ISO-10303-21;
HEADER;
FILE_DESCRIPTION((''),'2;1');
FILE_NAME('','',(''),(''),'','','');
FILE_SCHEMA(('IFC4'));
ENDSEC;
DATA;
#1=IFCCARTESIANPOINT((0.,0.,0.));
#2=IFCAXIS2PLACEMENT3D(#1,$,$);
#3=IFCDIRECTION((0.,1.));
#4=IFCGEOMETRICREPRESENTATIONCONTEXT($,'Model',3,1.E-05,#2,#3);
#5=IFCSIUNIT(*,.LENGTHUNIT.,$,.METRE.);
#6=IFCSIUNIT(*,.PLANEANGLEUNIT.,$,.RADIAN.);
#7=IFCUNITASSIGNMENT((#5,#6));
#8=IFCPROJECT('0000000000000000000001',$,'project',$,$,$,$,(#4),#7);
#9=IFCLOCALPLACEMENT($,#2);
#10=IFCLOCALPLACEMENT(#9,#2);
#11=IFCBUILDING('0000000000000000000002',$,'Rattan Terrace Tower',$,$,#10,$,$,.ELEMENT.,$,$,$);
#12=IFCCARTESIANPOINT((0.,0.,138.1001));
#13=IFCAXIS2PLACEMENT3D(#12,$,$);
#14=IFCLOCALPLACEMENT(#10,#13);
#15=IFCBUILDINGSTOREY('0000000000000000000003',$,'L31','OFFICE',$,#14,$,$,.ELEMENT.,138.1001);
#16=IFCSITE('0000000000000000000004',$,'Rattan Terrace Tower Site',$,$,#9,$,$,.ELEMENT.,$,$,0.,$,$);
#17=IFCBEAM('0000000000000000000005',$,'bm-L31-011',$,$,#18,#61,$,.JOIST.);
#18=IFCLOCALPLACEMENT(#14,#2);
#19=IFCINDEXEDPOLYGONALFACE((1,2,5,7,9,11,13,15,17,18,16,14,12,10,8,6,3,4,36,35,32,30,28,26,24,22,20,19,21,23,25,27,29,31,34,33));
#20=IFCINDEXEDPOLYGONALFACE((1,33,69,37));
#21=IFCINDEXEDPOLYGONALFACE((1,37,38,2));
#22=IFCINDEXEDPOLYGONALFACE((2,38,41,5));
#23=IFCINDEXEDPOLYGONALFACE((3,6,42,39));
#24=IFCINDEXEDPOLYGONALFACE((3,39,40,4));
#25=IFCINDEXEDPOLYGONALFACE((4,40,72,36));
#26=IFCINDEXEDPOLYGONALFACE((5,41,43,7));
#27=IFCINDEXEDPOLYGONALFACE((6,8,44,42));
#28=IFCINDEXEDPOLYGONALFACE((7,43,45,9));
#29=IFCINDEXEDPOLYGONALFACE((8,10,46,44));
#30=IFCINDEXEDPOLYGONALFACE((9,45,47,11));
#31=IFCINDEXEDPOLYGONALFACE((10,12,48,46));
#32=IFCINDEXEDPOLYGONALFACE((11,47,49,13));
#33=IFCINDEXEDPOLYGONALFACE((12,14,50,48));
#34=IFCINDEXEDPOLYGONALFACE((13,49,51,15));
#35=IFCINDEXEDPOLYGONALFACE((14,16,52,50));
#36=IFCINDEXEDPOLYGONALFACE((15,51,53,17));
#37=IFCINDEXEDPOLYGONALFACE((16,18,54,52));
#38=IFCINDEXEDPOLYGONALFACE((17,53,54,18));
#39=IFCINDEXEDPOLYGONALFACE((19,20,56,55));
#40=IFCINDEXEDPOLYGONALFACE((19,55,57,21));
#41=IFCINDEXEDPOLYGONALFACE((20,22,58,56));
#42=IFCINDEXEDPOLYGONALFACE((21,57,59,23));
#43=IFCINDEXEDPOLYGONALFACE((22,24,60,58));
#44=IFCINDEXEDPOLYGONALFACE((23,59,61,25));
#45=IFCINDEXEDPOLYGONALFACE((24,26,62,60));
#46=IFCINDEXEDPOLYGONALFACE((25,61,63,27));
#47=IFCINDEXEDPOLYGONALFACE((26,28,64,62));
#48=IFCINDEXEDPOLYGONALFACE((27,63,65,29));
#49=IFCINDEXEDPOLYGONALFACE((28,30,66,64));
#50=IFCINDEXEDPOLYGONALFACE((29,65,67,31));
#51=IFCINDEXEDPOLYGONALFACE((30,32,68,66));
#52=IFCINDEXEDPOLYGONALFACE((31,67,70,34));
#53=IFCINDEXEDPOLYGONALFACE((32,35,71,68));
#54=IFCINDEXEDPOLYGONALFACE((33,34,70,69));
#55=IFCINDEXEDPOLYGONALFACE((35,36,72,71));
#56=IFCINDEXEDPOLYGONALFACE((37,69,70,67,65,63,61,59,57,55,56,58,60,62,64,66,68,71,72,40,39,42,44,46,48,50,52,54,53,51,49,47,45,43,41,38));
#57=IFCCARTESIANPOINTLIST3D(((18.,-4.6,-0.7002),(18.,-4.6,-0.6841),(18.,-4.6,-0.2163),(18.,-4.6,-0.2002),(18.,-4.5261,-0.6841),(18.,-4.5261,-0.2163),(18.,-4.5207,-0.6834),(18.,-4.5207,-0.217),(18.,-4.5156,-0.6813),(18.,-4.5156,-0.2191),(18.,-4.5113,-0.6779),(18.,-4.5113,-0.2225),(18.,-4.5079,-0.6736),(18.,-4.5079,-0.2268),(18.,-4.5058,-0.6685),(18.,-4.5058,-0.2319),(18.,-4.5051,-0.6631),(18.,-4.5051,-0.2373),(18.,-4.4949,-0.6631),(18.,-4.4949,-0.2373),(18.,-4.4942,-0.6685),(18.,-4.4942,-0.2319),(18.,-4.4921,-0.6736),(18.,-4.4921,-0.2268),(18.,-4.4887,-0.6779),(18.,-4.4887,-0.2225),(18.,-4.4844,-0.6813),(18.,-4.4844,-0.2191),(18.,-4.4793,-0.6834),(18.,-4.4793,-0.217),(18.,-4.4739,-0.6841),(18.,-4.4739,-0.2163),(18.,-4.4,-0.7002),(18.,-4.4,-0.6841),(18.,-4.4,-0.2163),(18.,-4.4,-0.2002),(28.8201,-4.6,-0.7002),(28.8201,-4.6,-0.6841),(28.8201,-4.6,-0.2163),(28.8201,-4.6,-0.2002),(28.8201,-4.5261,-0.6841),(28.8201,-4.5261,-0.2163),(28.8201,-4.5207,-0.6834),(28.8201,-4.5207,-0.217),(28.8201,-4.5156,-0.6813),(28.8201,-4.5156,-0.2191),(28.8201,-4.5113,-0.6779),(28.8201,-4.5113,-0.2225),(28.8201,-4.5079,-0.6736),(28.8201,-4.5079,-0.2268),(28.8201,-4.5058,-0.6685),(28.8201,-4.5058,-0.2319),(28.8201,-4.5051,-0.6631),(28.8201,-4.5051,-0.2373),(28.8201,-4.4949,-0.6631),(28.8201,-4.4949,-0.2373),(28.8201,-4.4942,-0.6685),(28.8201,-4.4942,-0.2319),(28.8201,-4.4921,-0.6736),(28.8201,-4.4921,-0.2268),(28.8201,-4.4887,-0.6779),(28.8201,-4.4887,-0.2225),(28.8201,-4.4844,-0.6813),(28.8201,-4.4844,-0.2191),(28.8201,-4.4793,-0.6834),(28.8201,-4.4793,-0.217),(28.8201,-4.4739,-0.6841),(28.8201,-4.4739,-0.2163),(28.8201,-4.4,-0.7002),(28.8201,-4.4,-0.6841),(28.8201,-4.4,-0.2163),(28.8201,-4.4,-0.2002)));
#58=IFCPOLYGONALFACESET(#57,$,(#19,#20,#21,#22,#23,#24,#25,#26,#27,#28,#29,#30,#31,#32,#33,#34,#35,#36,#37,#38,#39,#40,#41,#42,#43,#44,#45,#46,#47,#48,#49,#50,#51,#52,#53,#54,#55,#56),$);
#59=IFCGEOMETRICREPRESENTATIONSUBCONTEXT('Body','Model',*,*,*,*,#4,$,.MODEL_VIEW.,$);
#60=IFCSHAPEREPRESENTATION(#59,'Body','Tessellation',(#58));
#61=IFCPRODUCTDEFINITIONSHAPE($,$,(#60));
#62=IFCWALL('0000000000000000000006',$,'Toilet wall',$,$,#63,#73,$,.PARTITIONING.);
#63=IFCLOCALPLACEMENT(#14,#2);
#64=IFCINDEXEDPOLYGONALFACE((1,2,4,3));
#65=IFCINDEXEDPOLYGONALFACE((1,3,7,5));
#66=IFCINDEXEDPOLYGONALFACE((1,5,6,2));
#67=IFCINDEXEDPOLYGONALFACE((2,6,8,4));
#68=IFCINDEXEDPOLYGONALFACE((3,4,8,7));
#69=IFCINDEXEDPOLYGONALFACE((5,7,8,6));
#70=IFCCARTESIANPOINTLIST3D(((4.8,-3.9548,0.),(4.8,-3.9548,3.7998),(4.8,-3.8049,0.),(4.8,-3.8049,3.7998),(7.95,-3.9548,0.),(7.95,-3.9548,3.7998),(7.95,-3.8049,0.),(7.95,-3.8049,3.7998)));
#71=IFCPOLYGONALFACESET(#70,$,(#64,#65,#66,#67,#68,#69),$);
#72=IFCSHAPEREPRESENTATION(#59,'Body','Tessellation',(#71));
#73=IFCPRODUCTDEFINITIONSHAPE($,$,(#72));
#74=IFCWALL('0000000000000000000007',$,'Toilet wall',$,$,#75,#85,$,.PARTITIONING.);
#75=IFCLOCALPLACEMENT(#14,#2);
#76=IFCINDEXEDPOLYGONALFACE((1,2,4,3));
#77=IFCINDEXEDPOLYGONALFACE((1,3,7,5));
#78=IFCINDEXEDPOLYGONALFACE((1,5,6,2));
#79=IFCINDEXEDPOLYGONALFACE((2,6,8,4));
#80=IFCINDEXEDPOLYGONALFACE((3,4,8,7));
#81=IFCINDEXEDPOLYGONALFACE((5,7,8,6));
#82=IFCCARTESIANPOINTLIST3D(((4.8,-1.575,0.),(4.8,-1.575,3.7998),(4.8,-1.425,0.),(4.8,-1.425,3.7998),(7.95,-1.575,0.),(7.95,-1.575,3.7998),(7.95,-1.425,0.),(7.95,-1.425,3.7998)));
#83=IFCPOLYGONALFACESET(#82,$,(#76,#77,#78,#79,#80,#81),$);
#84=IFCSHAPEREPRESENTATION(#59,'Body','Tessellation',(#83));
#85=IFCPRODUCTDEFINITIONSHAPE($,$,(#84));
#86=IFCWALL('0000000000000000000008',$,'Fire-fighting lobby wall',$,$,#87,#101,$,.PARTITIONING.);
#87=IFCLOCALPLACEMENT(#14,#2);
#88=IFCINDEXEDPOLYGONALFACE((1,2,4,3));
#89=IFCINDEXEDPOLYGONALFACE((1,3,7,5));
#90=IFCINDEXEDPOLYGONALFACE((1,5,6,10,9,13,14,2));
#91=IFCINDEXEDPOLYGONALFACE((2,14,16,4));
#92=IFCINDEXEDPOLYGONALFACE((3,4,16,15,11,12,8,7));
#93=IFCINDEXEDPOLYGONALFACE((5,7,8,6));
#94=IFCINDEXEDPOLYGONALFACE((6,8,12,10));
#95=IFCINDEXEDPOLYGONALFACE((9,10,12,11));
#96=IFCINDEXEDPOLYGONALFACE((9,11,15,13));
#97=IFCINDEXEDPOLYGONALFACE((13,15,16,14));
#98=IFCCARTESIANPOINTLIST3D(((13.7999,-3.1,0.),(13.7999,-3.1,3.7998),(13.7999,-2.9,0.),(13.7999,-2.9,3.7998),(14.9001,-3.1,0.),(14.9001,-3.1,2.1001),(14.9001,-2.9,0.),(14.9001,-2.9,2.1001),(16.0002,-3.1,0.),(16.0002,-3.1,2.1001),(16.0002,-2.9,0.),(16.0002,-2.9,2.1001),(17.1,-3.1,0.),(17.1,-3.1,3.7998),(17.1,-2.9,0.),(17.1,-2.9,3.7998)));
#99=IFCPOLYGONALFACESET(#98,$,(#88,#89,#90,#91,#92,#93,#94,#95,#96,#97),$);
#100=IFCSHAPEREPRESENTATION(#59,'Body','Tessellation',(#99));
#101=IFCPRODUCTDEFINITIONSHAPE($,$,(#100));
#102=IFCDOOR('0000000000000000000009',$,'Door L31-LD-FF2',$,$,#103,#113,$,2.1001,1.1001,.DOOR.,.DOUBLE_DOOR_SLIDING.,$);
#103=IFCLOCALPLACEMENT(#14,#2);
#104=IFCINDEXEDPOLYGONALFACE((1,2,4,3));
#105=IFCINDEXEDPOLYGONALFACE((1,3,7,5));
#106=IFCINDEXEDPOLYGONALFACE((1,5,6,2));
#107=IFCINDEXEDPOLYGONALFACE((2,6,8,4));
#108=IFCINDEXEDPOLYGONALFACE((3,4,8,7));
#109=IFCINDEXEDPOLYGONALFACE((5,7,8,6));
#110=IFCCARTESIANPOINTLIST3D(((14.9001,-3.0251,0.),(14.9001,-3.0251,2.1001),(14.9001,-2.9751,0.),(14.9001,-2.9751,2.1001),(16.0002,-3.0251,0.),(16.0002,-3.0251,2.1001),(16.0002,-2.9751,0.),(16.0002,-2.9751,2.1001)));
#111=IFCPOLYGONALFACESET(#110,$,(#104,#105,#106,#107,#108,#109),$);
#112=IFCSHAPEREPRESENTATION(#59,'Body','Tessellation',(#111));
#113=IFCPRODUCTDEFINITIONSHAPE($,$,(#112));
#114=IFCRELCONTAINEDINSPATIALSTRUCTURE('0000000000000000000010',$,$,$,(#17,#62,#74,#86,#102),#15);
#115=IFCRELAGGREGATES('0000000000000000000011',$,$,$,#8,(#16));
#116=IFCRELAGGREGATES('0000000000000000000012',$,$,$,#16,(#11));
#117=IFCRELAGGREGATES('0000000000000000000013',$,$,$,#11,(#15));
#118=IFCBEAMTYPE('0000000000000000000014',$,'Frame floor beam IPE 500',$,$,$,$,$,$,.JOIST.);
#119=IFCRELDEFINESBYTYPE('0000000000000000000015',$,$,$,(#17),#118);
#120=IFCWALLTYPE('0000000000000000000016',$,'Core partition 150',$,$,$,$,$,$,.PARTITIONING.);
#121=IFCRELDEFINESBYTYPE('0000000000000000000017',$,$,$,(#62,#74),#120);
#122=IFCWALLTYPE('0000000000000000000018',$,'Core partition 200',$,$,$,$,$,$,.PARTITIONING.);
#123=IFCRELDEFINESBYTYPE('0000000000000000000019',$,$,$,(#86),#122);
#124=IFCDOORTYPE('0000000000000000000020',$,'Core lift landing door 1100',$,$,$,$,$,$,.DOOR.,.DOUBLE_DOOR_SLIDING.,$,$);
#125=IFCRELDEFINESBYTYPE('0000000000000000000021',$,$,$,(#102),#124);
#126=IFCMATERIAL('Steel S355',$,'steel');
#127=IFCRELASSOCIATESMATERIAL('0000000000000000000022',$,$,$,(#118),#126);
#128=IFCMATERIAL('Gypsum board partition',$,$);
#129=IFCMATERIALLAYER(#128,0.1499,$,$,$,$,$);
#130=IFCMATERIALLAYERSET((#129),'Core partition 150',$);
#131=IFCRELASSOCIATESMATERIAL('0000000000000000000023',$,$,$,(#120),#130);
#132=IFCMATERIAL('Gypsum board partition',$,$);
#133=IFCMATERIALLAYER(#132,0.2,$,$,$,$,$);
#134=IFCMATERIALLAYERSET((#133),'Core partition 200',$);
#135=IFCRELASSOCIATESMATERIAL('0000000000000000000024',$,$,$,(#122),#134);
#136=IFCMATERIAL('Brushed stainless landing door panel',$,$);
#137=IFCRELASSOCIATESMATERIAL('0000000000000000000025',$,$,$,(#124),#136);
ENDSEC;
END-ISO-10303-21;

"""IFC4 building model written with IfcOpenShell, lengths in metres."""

from ifc_helpers import new_model, si_unit, direction, frame, frame_2d, origin, origin_2d, place, context, subcontext, project, spatial, rectangle, i_section, extrude, material, layer, layer_set, material_profile, profile_set, type_object, element, fill, save


model = new_model("IFC4")

# Units and contexts
model_context = context("Model", 3, precision=1e-05, world=origin(), true_north=direction((0.0, 1.0)))
body_context = subcontext(model_context, "Body", "Model", "MODEL_VIEW")
ifc_project = project(units=[si_unit("LENGTHUNIT", "METRE"), si_unit("PLANEANGLEUNIT", "RADIAN")], contexts=[model_context])

# Site, building, storey
site_placement = place(None, origin())
site = spatial("IfcSite", under=ifc_project, at=site_placement, Name="Rattan Terrace Tower Site", CompositionType="ELEMENT", RefElevation=0.0)
building_placement = place(site_placement, origin())
building = spatial("IfcBuilding", under=site, at=building_placement, Name="Rattan Terrace Tower", CompositionType="ELEMENT")
storey_placement = place(building_placement, frame((0.0, 0.0, 138.1001)))
storey = spatial("IfcBuildingStorey", under=building, at=storey_placement, Name="L31", Description="OFFICE", CompositionType="ELEMENT", Elevation=138.1001)

# Beam
ifc_material_1 = material(Name="Steel S355", Category="steel")
ifc_material_profile = material_profile(ifc_material_1, i_section(OverallWidth=0.2, OverallDepth=0.5, WebThickness=0.0103, FlangeThickness=0.0161, FilletRadius=0.021, at=origin_2d()), Name="IPE 500")
ifc_profile_set = profile_set([ifc_material_profile], Name="Steel S355")
beam_type = type_object("IfcBeamType", Name="Frame floor beam IPE 500", PredefinedType="JOIST", material=ifc_profile_set)
beam_placement = place(storey_placement, frame((18.0, -4.5, -0.4502), z_axis=(1.0, 0.0, 0.0), x_axis=(0.0, 1.0, 0.0)))
element("IfcBeam", 1, at=beam_placement, inside=storey, type_object=beam_type, Name="bm-L31-011", PredefinedType="JOIST", context=body_context, shape_type="SweptSolid", body=[
    extrude(i_section(OverallWidth=0.2, OverallDepth=0.5, WebThickness=0.0103, FlangeThickness=0.0161, FilletRadius=0.021, at=origin_2d()), origin(), (0.0, 0.0, 1.0), 10.8201),
])

# Walls
ifc_material_2 = material(Name="Gypsum board partition")
ifc_layer_1 = layer(ifc_material_2, 0.1499)
ifc_layer_set_1 = layer_set([ifc_layer_1], Name="Core partition 150")
wall_type_1 = type_object("IfcWallType", Name="Core partition 150", PredefinedType="PARTITIONING", material=ifc_layer_set_1)
for number, where, z_axis, x_axis, name in (
    (2, (4.8, -3.8799, 0.0), (0.0, 0.0, 1.0), (1.0, 0.0, 0.0), "Toilet wall"),
    (3, (4.8, -1.5, 0.0), (0.0, 0.0, 1.0), (1.0, 0.0, 0.0), "Toilet wall"),
):
    element("IfcWall", number, at=place(storey_placement, frame(where, z_axis=z_axis, x_axis=x_axis)), inside=storey, type_object=wall_type_1, Name=name, PredefinedType="PARTITIONING", context=body_context, shape_type="SweptSolid", body=[
        extrude(rectangle(XDim=3.1499, YDim=0.1499, at=frame_2d((1.575, 0.0))), origin(), (0.0, 0.0, 1.0), 3.7998),
    ])

# Wall, opening, door
ifc_material_3 = material(Name="Gypsum board partition")
ifc_layer_2 = layer(ifc_material_3, 0.2)
ifc_layer_set_2 = layer_set([ifc_layer_2], Name="Core partition 200")
wall_type_2 = type_object("IfcWallType", Name="Core partition 200", PredefinedType="PARTITIONING", material=ifc_layer_set_2)
wall_1_placement = place(storey_placement, frame((13.8, -3.0, 0.0), z_axis=(0.0, 0.0, 1.0), x_axis=(1.0, 0.0, 0.0)))
wall_1 = element("IfcWall", 4, at=wall_1_placement, inside=storey, type_object=wall_type_2, Name="Fire-fighting lobby wall", PredefinedType="PARTITIONING", context=body_context, shape_type="SweptSolid", body=[
    extrude(rectangle(XDim=3.3, YDim=0.2, at=frame_2d((1.6499, 0.0))), origin(), (0.0, 0.0, 1.0), 3.7998),
])
opening_1_placement = place(wall_1_placement, frame((1.1001, 0.0, 0.0)))
opening_1 = element("IfcOpeningElement", 5, at=opening_1_placement, cuts=wall_1, PredefinedType="OPENING", context=body_context, shape_type="SweptSolid", body=[
    extrude(rectangle(XDim=1.1001, YDim=2.1001, at=frame_2d((0.55, 1.05))), frame((0.0, 0.1106, 0.0), z_axis=(0.0, -1.0, 0.0), x_axis=(1.0, 0.0, 0.0)), (0.0, 0.0, 1.0), 0.2209),
])
ifc_material_4 = material(Name="Brushed stainless landing door panel")
door_type_1 = type_object("IfcDoorType", Name="Core lift landing door 1100", OperationType="DOUBLE_DOOR_SLIDING", PredefinedType="DOOR", material=ifc_material_4)
door_1_placement = place(opening_1_placement, origin())
door_1 = element("IfcDoor", 6, at=door_1_placement, inside=storey, type_object=door_type_1, Name="Door L31-LD-FF2", OperationType="DOUBLE_DOOR_SLIDING", OverallHeight=2.1001, OverallWidth=1.1001, PredefinedType="DOOR", context=body_context, shape_type="SweptSolid", body=[
    extrude(rectangle(XDim=1.1001, YDim=2.1001, at=frame_2d((0.55, 1.05))), frame((0.0, 0.0249, 0.0), z_axis=(0.0, -1.0, 0.0), x_axis=(1.0, 0.0, 0.0)), (0.0, 0.0, 1.0), 0.05),
])
fill(opening_1, door_1)

save(model, "model.ifc")
